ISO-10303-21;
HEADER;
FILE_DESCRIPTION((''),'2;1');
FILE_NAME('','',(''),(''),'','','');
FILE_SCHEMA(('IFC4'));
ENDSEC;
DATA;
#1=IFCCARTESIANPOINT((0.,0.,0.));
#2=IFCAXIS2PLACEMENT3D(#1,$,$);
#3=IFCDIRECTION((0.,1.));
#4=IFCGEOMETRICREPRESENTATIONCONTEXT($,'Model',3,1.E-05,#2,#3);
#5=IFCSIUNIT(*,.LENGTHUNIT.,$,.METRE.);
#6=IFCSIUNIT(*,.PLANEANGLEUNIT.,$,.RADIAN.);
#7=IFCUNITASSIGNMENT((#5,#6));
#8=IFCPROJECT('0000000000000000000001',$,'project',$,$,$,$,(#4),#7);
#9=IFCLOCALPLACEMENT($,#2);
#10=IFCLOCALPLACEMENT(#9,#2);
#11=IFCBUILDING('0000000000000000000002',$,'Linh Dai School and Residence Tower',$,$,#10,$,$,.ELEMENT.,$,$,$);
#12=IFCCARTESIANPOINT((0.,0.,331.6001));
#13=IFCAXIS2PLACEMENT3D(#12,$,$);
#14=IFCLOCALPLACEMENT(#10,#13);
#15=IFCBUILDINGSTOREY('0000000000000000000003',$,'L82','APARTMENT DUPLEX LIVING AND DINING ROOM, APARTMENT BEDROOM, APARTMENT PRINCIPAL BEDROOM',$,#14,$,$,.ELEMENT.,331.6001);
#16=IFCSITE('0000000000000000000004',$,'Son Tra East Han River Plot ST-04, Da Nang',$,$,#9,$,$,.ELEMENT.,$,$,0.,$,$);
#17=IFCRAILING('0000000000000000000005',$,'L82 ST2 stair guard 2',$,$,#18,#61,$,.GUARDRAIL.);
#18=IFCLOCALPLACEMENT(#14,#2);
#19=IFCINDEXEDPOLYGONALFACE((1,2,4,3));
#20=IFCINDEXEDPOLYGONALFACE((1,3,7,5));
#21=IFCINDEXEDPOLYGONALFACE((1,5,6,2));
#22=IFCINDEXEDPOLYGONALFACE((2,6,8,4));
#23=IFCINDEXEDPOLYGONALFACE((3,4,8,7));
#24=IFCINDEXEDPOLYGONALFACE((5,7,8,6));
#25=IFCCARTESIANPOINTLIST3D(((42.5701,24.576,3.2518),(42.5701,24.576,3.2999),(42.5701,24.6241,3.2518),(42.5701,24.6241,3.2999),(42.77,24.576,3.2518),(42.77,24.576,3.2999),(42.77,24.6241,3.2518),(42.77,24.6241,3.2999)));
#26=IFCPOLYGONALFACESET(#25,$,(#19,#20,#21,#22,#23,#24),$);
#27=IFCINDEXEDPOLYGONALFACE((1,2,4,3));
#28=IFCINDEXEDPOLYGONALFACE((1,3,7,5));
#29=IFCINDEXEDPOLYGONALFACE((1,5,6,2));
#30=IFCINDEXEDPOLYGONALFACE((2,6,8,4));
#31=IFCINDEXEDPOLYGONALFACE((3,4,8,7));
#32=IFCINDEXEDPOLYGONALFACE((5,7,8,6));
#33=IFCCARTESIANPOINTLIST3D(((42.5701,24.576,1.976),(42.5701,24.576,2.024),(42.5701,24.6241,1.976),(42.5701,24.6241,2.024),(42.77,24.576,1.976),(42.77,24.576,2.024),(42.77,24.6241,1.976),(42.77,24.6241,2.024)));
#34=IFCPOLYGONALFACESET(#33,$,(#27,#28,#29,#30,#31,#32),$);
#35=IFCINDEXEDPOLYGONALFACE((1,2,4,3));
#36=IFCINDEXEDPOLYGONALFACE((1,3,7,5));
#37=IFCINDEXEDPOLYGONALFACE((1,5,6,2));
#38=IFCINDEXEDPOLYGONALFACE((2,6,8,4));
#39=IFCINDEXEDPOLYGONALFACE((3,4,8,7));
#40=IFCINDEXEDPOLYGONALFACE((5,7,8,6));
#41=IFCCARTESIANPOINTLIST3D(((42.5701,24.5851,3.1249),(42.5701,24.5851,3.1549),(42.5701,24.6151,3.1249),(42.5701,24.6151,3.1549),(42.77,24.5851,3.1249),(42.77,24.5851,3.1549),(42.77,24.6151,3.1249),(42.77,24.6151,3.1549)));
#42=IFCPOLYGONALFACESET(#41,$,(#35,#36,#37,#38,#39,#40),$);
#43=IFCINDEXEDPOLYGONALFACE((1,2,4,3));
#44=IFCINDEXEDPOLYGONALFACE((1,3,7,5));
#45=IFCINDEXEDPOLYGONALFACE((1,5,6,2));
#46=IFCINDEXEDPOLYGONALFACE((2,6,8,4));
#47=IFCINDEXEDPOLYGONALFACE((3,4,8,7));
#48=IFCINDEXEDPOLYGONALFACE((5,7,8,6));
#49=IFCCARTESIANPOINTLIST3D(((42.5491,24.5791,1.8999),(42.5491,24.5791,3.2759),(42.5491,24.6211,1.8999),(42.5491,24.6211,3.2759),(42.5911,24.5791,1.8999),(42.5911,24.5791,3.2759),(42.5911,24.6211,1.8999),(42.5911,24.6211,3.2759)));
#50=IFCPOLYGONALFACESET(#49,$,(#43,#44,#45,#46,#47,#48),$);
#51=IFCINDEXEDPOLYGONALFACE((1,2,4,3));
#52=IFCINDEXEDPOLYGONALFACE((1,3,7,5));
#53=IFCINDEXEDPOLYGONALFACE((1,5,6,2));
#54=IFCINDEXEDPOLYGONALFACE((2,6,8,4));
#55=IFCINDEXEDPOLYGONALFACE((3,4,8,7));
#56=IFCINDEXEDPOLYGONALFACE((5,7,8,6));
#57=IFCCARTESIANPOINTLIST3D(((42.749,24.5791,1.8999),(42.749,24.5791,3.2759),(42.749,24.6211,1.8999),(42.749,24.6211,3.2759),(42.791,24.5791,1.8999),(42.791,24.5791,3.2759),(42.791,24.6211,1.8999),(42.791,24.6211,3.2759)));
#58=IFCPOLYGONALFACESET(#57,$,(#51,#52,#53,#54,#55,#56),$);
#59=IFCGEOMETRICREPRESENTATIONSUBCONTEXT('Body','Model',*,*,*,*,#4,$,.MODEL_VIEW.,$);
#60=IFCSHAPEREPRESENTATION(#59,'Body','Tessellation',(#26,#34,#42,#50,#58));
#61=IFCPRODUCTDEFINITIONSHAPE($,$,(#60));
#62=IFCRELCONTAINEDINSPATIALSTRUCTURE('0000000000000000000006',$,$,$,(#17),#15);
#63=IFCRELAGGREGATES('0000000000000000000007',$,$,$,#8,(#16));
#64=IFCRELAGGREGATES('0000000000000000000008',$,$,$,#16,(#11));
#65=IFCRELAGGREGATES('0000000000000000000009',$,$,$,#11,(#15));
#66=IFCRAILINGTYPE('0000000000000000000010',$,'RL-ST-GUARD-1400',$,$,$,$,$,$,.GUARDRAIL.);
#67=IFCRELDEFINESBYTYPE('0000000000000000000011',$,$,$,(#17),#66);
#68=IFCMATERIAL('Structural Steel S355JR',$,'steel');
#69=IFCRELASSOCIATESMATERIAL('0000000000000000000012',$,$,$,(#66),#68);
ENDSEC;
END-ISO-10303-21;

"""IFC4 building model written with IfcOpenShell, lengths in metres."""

from ifc_helpers import new_model, si_unit, direction, frame, origin, origin_2d, place, context, subcontext, project, spatial, rectangle, extrude, source, transform, mapped, material, type_object, element, save


model = new_model("IFC4")

# Units and contexts
model_context = context("Model", 3, precision=1e-05, world=origin(), true_north=direction((0.0, 1.0)))
body_context = subcontext(model_context, "Body", "Model", "MODEL_VIEW")
ifc_project = project(units=[si_unit("LENGTHUNIT", "METRE"), si_unit("PLANEANGLEUNIT", "RADIAN")], contexts=[model_context])

# Site, building, storey
site_placement = place(None, origin())
site = spatial("IfcSite", under=ifc_project, at=site_placement, Name="Son Tra East Han River Plot ST-04, Da Nang", CompositionType="ELEMENT", RefElevation=0.0)
building_placement = place(site_placement, origin())
building = spatial("IfcBuilding", under=site, at=building_placement, Name="Linh Dai School and Residence Tower", CompositionType="ELEMENT")
storey_placement = place(building_placement, frame((0.0, 0.0, 331.6001)))
storey = spatial("IfcBuildingStorey", under=building, at=storey_placement, Name="L82", Description="APARTMENT DUPLEX LIVING AND DINING ROOM, APARTMENT BEDROOM, APARTMENT PRINCIPAL BEDROOM", CompositionType="ELEMENT", Elevation=331.6001)

# Shared definitions
ifc_material_1 = material(Name="Structural Steel S355JR", Category="steel")

# Railing
railing_type_1 = type_object("IfcRailingType", Name="RL-ST-GUARD-1400", PredefinedType="GUARDRAIL", material=ifc_material_1)
shared_shape_1 = source(origin(), body_context, "Body", "SweptSolid", [
    extrude(rectangle(XDim=0.0481, YDim=0.0481, at=origin_2d()), frame((0.0, 0.0, 1.376), z_axis=(1.0, 0.0, 0.0), x_axis=(0.0, 1.0, 0.0)), (0.0, 0.0, 1.0), 0.2),
    extrude(rectangle(XDim=0.0481, YDim=0.0481, at=origin_2d()), frame((0.0, 0.0, 0.1001), z_axis=(1.0, 0.0, 0.0), x_axis=(0.0, 1.0, 0.0)), (0.0, 0.0, 1.0), 0.2),
    extrude(rectangle(XDim=0.03, YDim=0.03, at=origin_2d()), frame((0.0, 0.0, 1.24), z_axis=(1.0, 0.0, 0.0), x_axis=(0.0, 1.0, 0.0)), (0.0, 0.0, 1.0), 0.2),
    extrude(rectangle(XDim=0.042, YDim=0.042, at=origin_2d()), origin(), (0.0, 0.0, 1.0), 1.376),
    extrude(rectangle(XDim=0.042, YDim=0.042, at=origin_2d()), frame((0.2, 0.0, 0.0)), (0.0, 0.0, 1.0), 1.376),
])
railing_1_placement = place(storey_placement, frame((42.5701, 24.6001, 1.8999)))
element("IfcRailing", 1, at=railing_1_placement, inside=storey, type_object=railing_type_1, Name="L82 ST2 stair guard 2", PredefinedType="GUARDRAIL", context=body_context, shape_type="MappedRepresentation", body=[
    mapped(shared_shape_1, transform((0.0, 0.0, 0.0), x_axis=(1.0, 0.0, 0.0), y_axis=(0.0, 1.0, 0.0), z_axis=(0.0, 0.0, 1.0), scale=1.0)),
])

save(model, "model.ifc")
